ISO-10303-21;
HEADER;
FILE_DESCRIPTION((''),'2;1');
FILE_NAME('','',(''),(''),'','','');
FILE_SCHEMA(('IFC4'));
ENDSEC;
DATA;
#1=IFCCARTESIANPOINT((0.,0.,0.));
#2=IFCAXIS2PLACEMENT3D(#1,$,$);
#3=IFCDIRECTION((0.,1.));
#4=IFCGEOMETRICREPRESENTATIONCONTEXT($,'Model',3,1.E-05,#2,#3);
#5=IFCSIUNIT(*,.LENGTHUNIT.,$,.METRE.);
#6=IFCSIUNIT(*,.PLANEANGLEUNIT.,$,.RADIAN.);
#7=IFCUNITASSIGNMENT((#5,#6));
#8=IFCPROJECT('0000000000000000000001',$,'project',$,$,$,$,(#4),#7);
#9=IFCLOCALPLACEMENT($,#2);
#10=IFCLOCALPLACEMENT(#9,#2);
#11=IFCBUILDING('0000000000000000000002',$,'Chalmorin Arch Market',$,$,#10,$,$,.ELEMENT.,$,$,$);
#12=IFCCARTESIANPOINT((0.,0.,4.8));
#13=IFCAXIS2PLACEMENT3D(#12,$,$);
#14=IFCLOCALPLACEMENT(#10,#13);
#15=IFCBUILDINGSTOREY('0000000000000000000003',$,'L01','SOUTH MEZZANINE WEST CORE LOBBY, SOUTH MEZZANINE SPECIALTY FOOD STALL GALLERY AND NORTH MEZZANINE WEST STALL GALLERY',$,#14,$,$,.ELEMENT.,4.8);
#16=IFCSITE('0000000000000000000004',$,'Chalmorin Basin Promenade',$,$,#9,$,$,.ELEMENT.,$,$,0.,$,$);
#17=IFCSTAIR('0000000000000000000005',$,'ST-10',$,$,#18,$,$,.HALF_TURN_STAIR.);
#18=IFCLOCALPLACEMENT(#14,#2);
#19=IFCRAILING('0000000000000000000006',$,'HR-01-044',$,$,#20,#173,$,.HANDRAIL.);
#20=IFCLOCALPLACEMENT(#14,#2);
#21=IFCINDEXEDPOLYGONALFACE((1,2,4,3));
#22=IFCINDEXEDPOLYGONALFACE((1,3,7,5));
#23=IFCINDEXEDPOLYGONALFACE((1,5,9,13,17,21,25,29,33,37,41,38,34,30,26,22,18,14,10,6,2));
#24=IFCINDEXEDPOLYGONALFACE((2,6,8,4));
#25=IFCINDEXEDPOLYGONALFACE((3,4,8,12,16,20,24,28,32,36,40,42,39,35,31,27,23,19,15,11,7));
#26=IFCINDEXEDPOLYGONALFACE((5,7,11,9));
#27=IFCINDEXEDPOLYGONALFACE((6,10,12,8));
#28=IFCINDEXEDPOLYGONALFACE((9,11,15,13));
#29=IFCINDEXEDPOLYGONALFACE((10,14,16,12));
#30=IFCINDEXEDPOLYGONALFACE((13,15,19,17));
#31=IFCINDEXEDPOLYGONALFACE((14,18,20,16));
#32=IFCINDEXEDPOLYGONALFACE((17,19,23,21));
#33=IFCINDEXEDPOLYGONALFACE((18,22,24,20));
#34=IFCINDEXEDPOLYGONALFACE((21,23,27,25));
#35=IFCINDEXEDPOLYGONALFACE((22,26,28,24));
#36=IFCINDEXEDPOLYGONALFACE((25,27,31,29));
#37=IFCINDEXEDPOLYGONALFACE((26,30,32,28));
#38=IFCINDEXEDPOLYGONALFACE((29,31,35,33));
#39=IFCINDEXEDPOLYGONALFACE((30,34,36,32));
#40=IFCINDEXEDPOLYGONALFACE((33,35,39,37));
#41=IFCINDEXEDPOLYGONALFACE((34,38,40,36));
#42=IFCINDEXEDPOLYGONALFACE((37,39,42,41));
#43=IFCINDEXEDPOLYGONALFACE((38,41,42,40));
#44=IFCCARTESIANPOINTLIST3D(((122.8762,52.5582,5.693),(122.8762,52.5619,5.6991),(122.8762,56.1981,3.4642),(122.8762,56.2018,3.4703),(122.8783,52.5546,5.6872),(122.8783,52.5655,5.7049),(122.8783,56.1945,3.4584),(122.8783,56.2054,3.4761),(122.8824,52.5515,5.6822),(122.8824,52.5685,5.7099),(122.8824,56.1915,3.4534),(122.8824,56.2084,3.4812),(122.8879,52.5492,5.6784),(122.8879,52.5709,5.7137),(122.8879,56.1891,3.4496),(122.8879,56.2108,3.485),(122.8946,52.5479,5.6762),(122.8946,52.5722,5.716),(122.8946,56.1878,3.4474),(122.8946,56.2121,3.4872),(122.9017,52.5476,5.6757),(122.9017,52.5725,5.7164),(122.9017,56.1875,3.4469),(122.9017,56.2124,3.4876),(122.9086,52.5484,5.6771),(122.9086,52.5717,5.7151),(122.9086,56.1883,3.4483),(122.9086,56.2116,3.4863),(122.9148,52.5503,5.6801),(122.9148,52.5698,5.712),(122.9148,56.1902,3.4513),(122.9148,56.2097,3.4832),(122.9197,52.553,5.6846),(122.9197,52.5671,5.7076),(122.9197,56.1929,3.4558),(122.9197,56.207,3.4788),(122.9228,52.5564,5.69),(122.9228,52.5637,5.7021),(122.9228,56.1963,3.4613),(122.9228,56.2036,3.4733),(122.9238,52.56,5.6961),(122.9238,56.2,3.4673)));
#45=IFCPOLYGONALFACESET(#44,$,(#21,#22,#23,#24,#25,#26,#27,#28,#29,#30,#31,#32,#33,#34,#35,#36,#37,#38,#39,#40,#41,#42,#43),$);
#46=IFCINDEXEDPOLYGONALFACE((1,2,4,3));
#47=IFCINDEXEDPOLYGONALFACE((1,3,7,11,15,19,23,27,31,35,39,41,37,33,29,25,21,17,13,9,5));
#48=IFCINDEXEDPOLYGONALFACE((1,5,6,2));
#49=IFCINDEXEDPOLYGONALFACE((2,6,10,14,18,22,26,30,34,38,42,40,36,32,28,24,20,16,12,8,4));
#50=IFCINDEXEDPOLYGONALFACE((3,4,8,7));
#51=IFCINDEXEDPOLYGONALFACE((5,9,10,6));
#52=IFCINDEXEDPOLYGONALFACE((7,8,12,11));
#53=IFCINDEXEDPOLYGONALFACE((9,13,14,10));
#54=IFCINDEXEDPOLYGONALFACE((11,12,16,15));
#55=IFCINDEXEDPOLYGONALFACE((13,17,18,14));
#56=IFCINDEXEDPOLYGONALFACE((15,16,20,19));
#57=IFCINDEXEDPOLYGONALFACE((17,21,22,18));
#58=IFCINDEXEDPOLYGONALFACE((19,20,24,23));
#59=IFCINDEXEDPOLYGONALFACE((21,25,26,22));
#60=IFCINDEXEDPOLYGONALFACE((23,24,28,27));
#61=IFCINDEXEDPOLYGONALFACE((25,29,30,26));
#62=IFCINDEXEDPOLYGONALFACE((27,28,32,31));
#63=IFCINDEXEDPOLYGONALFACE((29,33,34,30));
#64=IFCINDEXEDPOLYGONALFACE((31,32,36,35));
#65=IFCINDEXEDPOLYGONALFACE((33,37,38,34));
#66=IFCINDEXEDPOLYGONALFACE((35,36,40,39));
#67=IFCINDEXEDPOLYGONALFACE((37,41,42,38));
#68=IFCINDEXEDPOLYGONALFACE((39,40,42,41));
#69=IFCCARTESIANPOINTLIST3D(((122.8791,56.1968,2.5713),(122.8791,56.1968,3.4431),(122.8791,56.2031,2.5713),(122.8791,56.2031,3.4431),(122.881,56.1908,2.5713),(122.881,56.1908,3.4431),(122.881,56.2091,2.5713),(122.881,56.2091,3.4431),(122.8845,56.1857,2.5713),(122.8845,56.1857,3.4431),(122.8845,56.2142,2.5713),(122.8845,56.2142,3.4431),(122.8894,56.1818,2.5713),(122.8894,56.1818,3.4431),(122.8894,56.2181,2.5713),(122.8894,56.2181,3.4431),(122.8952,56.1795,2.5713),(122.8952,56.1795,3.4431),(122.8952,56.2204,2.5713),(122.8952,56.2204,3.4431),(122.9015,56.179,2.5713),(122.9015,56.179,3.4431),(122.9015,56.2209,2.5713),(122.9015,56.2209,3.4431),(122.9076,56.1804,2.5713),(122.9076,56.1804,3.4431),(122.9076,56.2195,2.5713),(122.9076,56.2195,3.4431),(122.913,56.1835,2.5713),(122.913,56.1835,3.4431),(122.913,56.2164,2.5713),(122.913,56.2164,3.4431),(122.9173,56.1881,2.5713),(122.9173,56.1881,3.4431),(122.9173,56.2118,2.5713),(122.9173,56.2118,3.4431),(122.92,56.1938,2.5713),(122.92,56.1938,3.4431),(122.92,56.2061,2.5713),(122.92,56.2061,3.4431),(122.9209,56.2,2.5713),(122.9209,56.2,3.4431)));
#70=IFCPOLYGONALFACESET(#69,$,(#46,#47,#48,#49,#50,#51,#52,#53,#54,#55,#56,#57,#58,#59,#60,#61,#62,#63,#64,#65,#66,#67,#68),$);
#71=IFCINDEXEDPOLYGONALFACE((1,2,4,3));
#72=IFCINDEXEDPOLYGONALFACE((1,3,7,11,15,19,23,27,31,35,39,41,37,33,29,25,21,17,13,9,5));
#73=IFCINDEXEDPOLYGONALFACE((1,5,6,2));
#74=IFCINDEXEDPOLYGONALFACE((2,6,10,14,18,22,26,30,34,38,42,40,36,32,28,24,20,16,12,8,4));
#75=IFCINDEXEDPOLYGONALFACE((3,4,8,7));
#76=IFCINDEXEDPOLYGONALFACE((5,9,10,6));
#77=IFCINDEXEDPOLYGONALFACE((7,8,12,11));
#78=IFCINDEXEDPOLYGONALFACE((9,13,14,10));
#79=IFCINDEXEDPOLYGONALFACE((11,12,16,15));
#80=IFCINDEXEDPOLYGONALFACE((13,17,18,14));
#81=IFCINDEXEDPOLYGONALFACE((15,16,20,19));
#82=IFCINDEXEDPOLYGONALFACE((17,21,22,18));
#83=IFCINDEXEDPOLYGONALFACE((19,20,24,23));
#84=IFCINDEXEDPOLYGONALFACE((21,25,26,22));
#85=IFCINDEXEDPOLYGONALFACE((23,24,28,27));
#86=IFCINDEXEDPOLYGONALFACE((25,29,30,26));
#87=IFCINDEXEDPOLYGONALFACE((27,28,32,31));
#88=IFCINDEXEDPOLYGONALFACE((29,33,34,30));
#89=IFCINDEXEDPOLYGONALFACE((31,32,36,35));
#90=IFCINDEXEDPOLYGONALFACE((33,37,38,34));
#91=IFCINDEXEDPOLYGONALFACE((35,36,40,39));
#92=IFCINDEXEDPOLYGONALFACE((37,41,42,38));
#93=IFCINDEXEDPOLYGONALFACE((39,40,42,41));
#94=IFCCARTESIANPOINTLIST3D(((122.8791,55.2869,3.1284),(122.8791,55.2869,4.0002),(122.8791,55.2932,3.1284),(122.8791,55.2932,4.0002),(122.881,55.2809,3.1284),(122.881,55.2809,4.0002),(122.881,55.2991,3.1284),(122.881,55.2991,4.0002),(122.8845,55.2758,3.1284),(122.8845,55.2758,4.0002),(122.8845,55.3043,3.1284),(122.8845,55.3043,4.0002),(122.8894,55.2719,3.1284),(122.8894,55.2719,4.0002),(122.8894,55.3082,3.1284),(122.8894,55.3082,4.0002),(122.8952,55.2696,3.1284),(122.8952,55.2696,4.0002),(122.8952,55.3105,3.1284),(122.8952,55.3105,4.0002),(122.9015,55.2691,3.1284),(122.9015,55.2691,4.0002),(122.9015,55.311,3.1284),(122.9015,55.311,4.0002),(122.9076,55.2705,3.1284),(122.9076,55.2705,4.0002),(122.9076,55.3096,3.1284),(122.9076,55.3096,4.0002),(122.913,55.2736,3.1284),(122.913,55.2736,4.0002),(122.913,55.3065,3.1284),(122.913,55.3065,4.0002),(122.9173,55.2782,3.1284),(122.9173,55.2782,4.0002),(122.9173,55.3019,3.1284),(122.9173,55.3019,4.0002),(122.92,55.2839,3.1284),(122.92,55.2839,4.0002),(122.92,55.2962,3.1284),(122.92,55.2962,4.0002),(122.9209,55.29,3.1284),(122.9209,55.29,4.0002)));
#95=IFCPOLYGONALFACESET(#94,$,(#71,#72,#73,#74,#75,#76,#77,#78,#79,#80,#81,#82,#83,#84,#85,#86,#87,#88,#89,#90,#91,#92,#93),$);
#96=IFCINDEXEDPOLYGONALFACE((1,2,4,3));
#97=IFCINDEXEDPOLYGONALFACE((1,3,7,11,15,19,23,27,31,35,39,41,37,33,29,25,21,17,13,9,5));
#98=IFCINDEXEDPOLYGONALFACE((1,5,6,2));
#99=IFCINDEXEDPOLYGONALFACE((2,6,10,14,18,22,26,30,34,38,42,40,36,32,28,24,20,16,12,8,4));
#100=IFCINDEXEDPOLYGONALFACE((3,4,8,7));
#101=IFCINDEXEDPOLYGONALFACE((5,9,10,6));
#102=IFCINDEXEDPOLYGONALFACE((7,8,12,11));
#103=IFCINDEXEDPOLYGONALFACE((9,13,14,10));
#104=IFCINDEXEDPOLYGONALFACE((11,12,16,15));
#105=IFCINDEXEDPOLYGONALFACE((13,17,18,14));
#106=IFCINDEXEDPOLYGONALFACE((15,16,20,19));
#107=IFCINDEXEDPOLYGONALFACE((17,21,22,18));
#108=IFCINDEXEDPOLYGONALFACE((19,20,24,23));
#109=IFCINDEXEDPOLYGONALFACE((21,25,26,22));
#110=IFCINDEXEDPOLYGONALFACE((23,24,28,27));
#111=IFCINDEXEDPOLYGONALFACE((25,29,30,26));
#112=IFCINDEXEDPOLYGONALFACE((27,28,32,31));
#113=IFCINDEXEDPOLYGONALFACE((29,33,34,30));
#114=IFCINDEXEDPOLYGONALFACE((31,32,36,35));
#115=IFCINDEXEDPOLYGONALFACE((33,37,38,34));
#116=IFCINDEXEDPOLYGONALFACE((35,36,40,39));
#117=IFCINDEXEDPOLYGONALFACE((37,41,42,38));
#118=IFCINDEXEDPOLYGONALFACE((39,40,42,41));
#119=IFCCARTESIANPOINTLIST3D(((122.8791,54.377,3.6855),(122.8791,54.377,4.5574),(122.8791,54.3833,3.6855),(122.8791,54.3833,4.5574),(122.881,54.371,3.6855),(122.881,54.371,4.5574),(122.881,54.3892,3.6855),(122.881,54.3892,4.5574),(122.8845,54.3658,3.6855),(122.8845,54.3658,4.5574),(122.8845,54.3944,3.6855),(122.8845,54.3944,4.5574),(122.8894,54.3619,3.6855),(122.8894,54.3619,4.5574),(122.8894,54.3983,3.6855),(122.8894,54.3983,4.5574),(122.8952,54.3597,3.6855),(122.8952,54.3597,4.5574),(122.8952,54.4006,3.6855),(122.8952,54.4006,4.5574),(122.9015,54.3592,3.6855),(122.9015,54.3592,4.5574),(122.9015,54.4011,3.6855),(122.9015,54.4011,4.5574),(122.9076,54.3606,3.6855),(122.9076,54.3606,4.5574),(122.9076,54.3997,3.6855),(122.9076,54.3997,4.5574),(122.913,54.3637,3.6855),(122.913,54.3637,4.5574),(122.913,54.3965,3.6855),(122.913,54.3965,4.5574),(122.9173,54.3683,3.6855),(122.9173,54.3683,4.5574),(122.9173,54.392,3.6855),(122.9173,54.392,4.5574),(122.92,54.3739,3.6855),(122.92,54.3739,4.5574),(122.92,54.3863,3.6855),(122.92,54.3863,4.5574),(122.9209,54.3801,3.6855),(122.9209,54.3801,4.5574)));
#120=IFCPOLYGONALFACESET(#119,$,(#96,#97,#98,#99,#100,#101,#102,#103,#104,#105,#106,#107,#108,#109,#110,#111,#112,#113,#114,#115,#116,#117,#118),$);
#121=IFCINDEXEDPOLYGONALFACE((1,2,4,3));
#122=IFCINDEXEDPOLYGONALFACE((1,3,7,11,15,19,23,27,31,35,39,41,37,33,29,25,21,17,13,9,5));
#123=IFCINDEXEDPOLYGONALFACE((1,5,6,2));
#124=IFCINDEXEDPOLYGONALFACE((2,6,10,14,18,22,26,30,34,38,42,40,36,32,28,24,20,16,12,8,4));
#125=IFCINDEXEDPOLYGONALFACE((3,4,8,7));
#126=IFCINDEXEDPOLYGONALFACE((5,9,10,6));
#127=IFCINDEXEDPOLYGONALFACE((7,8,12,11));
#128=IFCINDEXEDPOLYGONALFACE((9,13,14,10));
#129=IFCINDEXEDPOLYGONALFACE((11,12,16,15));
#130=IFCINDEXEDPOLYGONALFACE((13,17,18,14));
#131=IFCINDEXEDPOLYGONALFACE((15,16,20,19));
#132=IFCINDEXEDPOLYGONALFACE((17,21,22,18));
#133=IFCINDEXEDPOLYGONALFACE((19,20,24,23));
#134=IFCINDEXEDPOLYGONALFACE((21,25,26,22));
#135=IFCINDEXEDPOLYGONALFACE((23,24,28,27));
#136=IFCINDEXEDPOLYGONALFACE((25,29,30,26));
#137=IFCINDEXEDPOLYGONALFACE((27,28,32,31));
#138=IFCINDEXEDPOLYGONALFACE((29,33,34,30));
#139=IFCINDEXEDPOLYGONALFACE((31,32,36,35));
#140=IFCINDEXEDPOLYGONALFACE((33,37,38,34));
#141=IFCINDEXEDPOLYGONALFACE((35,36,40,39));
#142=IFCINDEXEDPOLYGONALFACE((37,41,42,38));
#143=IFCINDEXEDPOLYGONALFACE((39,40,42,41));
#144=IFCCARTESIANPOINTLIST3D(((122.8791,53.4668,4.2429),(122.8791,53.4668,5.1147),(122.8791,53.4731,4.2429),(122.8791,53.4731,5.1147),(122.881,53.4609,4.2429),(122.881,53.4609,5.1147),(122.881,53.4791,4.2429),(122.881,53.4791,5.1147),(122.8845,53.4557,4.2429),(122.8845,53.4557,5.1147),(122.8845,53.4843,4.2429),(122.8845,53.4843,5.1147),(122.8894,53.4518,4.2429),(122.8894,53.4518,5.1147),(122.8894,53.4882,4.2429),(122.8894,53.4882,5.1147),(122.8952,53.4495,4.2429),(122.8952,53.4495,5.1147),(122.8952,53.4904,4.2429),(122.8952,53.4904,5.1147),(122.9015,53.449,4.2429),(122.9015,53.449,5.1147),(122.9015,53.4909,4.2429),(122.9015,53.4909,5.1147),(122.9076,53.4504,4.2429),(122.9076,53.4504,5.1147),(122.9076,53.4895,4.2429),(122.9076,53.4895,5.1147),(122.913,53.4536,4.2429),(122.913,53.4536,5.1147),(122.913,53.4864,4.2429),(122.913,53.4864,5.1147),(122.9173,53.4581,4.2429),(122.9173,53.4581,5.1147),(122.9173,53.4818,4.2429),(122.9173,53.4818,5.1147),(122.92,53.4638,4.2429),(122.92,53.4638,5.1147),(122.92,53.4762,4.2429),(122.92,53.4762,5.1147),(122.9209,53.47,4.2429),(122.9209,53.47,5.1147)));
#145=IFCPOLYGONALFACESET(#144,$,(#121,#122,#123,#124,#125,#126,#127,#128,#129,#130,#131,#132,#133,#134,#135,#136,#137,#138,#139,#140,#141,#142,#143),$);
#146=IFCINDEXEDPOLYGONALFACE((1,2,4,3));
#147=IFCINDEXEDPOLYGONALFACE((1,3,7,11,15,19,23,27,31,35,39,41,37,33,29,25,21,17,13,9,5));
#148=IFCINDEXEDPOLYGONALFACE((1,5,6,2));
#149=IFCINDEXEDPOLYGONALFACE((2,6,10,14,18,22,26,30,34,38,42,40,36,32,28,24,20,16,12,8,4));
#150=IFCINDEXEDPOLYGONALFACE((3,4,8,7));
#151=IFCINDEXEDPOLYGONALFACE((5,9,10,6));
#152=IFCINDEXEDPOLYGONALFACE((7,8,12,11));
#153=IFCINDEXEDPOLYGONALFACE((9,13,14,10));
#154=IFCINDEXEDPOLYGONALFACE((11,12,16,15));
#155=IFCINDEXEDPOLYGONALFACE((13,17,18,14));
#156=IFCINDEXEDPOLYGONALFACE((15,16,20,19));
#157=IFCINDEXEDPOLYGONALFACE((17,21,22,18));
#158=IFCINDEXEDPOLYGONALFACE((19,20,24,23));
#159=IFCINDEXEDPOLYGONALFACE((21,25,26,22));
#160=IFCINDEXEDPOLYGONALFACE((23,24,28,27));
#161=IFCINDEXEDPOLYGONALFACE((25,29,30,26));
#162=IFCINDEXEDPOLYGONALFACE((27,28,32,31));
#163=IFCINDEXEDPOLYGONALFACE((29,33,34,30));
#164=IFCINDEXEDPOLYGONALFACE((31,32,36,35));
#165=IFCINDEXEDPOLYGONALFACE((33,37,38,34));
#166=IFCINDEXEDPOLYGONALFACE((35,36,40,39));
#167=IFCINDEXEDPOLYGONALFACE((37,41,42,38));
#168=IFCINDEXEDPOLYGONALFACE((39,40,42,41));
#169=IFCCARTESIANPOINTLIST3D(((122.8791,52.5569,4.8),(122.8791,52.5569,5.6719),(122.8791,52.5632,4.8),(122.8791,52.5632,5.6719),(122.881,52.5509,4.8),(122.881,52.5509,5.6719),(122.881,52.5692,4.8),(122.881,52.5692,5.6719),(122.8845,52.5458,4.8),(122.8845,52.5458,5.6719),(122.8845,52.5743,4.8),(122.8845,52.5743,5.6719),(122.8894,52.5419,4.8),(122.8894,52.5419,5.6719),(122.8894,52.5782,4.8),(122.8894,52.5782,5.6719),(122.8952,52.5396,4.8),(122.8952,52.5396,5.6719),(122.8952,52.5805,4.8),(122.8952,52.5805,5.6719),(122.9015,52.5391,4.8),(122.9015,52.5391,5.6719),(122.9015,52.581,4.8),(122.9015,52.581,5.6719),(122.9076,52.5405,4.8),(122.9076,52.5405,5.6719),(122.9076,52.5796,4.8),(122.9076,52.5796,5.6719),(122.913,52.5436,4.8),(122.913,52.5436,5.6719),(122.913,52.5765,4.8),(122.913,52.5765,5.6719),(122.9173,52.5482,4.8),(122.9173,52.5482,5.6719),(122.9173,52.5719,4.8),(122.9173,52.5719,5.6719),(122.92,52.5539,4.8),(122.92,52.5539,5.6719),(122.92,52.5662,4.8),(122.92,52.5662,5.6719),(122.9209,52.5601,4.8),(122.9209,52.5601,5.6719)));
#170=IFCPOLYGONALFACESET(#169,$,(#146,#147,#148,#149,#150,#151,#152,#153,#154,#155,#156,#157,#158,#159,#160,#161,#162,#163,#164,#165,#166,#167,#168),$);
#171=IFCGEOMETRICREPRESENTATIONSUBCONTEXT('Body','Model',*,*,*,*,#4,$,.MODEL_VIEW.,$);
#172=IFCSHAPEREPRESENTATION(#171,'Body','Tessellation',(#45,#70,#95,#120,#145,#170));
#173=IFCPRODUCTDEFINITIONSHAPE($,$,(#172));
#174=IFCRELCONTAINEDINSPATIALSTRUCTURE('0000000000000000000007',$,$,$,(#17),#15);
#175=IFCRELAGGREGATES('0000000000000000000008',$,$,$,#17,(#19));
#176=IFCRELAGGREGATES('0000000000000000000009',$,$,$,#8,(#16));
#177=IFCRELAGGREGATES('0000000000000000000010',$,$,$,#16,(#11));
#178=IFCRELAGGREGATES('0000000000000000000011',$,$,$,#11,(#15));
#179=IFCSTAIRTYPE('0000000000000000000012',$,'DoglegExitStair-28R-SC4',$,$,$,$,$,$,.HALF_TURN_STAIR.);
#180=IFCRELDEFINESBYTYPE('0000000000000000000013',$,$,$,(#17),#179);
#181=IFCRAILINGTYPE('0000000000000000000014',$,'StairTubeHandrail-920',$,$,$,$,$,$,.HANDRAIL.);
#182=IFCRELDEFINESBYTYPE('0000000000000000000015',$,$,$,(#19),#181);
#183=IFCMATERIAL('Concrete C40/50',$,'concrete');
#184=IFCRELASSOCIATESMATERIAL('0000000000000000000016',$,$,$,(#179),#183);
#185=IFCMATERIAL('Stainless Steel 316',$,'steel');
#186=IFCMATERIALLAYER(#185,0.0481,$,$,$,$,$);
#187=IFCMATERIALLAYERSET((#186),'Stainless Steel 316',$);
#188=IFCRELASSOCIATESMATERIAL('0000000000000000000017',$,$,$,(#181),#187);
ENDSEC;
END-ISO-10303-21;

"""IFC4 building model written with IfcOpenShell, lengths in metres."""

from ifc_helpers import new_model, si_unit, direction, frame, origin, origin_2d, place, context, subcontext, project, spatial, circle, extrude, material, layer, layer_set, type_object, element, aggregate, save


model = new_model("IFC4")

# Units and contexts
model_context = context("Model", 3, precision=1e-05, world=origin(), true_north=direction((0.0, 1.0)))
body_context = subcontext(model_context, "Body", "Model", "MODEL_VIEW")
ifc_project = project(units=[si_unit("LENGTHUNIT", "METRE"), si_unit("PLANEANGLEUNIT", "RADIAN")], contexts=[model_context])

# Site, building, storey
site_placement = place(None, origin())
site = spatial("IfcSite", under=ifc_project, at=site_placement, Name="Chalmorin Basin Promenade", CompositionType="ELEMENT", RefElevation=0.0)
building_placement = place(site_placement, origin())
building = spatial("IfcBuilding", under=site, at=building_placement, Name="Chalmorin Arch Market", CompositionType="ELEMENT")
storey_placement = place(building_placement, frame((0.0, 0.0, 4.8)))
storey = spatial("IfcBuildingStorey", under=building, at=storey_placement, Name="L01", Description="SOUTH MEZZANINE WEST CORE LOBBY, SOUTH MEZZANINE SPECIALTY FOOD STALL GALLERY AND NORTH MEZZANINE WEST STALL GALLERY", CompositionType="ELEMENT", Elevation=4.8)

# Shared definitions
ifc_material_1 = material(Name="Concrete C40/50", Category="concrete")

# Shared definitions
ifc_material_2 = material(Name="Stainless Steel 316", Category="steel")

# Stair, railing
stair_type = type_object("IfcStairType", Name="DoglegExitStair-28R-SC4", PredefinedType="HALF_TURN_STAIR", material=ifc_material_1)
stair_placement = place(storey_placement, origin())
stair = element("IfcStair", 1, at=stair_placement, inside=storey, type_object=stair_type, Name="ST-10", PredefinedType="HALF_TURN_STAIR")
ifc_layer_1 = layer(ifc_material_2, 0.0481)
ifc_layer_set_1 = layer_set([ifc_layer_1], Name="Stainless Steel 316")
railing_type_1 = type_object("IfcRailingType", Name="StairTubeHandrail-920", PredefinedType="HANDRAIL", material=ifc_layer_set_1)
railing_1_placement = place(storey_placement, frame((122.8999, 56.2, 2.5713)))
railing_1 = element("IfcRailing", 2, at=railing_1_placement, type_object=railing_type_1, Name="HR-01-044", PredefinedType="HANDRAIL", context=body_context, shape_type="SweptSolid", body=[
    extrude(circle(Radius=0.0239, at=origin_2d()), frame((0.0, 0.0, 0.896), z_axis=(0.0, -0.852825, 0.522197), x_axis=(1.0, 0.0, 0.0)), (0.0, 0.0, 1.0), 4.2681),
    extrude(circle(Radius=0.021, at=origin_2d()), origin(), (0.0, 0.0, 1.0), 0.8718),
    extrude(circle(Radius=0.021, at=origin_2d()), frame((0.0, -0.9099, 0.5571)), (0.0, 0.0, 1.0), 0.8718),
    extrude(circle(Radius=0.021, at=origin_2d()), frame((0.0, -1.8198, 1.1143)), (0.0, 0.0, 1.0), 0.8718),
    extrude(circle(Radius=0.021, at=origin_2d()), frame((0.0, -2.73, 1.6716)), (0.0, 0.0, 1.0), 0.8718),
    extrude(circle(Radius=0.021, at=origin_2d()), frame((0.0, -3.6399, 2.2288)), (0.0, 0.0, 1.0), 0.8718),
])
aggregate(stair, [railing_1])

save(model, "model.ifc")
